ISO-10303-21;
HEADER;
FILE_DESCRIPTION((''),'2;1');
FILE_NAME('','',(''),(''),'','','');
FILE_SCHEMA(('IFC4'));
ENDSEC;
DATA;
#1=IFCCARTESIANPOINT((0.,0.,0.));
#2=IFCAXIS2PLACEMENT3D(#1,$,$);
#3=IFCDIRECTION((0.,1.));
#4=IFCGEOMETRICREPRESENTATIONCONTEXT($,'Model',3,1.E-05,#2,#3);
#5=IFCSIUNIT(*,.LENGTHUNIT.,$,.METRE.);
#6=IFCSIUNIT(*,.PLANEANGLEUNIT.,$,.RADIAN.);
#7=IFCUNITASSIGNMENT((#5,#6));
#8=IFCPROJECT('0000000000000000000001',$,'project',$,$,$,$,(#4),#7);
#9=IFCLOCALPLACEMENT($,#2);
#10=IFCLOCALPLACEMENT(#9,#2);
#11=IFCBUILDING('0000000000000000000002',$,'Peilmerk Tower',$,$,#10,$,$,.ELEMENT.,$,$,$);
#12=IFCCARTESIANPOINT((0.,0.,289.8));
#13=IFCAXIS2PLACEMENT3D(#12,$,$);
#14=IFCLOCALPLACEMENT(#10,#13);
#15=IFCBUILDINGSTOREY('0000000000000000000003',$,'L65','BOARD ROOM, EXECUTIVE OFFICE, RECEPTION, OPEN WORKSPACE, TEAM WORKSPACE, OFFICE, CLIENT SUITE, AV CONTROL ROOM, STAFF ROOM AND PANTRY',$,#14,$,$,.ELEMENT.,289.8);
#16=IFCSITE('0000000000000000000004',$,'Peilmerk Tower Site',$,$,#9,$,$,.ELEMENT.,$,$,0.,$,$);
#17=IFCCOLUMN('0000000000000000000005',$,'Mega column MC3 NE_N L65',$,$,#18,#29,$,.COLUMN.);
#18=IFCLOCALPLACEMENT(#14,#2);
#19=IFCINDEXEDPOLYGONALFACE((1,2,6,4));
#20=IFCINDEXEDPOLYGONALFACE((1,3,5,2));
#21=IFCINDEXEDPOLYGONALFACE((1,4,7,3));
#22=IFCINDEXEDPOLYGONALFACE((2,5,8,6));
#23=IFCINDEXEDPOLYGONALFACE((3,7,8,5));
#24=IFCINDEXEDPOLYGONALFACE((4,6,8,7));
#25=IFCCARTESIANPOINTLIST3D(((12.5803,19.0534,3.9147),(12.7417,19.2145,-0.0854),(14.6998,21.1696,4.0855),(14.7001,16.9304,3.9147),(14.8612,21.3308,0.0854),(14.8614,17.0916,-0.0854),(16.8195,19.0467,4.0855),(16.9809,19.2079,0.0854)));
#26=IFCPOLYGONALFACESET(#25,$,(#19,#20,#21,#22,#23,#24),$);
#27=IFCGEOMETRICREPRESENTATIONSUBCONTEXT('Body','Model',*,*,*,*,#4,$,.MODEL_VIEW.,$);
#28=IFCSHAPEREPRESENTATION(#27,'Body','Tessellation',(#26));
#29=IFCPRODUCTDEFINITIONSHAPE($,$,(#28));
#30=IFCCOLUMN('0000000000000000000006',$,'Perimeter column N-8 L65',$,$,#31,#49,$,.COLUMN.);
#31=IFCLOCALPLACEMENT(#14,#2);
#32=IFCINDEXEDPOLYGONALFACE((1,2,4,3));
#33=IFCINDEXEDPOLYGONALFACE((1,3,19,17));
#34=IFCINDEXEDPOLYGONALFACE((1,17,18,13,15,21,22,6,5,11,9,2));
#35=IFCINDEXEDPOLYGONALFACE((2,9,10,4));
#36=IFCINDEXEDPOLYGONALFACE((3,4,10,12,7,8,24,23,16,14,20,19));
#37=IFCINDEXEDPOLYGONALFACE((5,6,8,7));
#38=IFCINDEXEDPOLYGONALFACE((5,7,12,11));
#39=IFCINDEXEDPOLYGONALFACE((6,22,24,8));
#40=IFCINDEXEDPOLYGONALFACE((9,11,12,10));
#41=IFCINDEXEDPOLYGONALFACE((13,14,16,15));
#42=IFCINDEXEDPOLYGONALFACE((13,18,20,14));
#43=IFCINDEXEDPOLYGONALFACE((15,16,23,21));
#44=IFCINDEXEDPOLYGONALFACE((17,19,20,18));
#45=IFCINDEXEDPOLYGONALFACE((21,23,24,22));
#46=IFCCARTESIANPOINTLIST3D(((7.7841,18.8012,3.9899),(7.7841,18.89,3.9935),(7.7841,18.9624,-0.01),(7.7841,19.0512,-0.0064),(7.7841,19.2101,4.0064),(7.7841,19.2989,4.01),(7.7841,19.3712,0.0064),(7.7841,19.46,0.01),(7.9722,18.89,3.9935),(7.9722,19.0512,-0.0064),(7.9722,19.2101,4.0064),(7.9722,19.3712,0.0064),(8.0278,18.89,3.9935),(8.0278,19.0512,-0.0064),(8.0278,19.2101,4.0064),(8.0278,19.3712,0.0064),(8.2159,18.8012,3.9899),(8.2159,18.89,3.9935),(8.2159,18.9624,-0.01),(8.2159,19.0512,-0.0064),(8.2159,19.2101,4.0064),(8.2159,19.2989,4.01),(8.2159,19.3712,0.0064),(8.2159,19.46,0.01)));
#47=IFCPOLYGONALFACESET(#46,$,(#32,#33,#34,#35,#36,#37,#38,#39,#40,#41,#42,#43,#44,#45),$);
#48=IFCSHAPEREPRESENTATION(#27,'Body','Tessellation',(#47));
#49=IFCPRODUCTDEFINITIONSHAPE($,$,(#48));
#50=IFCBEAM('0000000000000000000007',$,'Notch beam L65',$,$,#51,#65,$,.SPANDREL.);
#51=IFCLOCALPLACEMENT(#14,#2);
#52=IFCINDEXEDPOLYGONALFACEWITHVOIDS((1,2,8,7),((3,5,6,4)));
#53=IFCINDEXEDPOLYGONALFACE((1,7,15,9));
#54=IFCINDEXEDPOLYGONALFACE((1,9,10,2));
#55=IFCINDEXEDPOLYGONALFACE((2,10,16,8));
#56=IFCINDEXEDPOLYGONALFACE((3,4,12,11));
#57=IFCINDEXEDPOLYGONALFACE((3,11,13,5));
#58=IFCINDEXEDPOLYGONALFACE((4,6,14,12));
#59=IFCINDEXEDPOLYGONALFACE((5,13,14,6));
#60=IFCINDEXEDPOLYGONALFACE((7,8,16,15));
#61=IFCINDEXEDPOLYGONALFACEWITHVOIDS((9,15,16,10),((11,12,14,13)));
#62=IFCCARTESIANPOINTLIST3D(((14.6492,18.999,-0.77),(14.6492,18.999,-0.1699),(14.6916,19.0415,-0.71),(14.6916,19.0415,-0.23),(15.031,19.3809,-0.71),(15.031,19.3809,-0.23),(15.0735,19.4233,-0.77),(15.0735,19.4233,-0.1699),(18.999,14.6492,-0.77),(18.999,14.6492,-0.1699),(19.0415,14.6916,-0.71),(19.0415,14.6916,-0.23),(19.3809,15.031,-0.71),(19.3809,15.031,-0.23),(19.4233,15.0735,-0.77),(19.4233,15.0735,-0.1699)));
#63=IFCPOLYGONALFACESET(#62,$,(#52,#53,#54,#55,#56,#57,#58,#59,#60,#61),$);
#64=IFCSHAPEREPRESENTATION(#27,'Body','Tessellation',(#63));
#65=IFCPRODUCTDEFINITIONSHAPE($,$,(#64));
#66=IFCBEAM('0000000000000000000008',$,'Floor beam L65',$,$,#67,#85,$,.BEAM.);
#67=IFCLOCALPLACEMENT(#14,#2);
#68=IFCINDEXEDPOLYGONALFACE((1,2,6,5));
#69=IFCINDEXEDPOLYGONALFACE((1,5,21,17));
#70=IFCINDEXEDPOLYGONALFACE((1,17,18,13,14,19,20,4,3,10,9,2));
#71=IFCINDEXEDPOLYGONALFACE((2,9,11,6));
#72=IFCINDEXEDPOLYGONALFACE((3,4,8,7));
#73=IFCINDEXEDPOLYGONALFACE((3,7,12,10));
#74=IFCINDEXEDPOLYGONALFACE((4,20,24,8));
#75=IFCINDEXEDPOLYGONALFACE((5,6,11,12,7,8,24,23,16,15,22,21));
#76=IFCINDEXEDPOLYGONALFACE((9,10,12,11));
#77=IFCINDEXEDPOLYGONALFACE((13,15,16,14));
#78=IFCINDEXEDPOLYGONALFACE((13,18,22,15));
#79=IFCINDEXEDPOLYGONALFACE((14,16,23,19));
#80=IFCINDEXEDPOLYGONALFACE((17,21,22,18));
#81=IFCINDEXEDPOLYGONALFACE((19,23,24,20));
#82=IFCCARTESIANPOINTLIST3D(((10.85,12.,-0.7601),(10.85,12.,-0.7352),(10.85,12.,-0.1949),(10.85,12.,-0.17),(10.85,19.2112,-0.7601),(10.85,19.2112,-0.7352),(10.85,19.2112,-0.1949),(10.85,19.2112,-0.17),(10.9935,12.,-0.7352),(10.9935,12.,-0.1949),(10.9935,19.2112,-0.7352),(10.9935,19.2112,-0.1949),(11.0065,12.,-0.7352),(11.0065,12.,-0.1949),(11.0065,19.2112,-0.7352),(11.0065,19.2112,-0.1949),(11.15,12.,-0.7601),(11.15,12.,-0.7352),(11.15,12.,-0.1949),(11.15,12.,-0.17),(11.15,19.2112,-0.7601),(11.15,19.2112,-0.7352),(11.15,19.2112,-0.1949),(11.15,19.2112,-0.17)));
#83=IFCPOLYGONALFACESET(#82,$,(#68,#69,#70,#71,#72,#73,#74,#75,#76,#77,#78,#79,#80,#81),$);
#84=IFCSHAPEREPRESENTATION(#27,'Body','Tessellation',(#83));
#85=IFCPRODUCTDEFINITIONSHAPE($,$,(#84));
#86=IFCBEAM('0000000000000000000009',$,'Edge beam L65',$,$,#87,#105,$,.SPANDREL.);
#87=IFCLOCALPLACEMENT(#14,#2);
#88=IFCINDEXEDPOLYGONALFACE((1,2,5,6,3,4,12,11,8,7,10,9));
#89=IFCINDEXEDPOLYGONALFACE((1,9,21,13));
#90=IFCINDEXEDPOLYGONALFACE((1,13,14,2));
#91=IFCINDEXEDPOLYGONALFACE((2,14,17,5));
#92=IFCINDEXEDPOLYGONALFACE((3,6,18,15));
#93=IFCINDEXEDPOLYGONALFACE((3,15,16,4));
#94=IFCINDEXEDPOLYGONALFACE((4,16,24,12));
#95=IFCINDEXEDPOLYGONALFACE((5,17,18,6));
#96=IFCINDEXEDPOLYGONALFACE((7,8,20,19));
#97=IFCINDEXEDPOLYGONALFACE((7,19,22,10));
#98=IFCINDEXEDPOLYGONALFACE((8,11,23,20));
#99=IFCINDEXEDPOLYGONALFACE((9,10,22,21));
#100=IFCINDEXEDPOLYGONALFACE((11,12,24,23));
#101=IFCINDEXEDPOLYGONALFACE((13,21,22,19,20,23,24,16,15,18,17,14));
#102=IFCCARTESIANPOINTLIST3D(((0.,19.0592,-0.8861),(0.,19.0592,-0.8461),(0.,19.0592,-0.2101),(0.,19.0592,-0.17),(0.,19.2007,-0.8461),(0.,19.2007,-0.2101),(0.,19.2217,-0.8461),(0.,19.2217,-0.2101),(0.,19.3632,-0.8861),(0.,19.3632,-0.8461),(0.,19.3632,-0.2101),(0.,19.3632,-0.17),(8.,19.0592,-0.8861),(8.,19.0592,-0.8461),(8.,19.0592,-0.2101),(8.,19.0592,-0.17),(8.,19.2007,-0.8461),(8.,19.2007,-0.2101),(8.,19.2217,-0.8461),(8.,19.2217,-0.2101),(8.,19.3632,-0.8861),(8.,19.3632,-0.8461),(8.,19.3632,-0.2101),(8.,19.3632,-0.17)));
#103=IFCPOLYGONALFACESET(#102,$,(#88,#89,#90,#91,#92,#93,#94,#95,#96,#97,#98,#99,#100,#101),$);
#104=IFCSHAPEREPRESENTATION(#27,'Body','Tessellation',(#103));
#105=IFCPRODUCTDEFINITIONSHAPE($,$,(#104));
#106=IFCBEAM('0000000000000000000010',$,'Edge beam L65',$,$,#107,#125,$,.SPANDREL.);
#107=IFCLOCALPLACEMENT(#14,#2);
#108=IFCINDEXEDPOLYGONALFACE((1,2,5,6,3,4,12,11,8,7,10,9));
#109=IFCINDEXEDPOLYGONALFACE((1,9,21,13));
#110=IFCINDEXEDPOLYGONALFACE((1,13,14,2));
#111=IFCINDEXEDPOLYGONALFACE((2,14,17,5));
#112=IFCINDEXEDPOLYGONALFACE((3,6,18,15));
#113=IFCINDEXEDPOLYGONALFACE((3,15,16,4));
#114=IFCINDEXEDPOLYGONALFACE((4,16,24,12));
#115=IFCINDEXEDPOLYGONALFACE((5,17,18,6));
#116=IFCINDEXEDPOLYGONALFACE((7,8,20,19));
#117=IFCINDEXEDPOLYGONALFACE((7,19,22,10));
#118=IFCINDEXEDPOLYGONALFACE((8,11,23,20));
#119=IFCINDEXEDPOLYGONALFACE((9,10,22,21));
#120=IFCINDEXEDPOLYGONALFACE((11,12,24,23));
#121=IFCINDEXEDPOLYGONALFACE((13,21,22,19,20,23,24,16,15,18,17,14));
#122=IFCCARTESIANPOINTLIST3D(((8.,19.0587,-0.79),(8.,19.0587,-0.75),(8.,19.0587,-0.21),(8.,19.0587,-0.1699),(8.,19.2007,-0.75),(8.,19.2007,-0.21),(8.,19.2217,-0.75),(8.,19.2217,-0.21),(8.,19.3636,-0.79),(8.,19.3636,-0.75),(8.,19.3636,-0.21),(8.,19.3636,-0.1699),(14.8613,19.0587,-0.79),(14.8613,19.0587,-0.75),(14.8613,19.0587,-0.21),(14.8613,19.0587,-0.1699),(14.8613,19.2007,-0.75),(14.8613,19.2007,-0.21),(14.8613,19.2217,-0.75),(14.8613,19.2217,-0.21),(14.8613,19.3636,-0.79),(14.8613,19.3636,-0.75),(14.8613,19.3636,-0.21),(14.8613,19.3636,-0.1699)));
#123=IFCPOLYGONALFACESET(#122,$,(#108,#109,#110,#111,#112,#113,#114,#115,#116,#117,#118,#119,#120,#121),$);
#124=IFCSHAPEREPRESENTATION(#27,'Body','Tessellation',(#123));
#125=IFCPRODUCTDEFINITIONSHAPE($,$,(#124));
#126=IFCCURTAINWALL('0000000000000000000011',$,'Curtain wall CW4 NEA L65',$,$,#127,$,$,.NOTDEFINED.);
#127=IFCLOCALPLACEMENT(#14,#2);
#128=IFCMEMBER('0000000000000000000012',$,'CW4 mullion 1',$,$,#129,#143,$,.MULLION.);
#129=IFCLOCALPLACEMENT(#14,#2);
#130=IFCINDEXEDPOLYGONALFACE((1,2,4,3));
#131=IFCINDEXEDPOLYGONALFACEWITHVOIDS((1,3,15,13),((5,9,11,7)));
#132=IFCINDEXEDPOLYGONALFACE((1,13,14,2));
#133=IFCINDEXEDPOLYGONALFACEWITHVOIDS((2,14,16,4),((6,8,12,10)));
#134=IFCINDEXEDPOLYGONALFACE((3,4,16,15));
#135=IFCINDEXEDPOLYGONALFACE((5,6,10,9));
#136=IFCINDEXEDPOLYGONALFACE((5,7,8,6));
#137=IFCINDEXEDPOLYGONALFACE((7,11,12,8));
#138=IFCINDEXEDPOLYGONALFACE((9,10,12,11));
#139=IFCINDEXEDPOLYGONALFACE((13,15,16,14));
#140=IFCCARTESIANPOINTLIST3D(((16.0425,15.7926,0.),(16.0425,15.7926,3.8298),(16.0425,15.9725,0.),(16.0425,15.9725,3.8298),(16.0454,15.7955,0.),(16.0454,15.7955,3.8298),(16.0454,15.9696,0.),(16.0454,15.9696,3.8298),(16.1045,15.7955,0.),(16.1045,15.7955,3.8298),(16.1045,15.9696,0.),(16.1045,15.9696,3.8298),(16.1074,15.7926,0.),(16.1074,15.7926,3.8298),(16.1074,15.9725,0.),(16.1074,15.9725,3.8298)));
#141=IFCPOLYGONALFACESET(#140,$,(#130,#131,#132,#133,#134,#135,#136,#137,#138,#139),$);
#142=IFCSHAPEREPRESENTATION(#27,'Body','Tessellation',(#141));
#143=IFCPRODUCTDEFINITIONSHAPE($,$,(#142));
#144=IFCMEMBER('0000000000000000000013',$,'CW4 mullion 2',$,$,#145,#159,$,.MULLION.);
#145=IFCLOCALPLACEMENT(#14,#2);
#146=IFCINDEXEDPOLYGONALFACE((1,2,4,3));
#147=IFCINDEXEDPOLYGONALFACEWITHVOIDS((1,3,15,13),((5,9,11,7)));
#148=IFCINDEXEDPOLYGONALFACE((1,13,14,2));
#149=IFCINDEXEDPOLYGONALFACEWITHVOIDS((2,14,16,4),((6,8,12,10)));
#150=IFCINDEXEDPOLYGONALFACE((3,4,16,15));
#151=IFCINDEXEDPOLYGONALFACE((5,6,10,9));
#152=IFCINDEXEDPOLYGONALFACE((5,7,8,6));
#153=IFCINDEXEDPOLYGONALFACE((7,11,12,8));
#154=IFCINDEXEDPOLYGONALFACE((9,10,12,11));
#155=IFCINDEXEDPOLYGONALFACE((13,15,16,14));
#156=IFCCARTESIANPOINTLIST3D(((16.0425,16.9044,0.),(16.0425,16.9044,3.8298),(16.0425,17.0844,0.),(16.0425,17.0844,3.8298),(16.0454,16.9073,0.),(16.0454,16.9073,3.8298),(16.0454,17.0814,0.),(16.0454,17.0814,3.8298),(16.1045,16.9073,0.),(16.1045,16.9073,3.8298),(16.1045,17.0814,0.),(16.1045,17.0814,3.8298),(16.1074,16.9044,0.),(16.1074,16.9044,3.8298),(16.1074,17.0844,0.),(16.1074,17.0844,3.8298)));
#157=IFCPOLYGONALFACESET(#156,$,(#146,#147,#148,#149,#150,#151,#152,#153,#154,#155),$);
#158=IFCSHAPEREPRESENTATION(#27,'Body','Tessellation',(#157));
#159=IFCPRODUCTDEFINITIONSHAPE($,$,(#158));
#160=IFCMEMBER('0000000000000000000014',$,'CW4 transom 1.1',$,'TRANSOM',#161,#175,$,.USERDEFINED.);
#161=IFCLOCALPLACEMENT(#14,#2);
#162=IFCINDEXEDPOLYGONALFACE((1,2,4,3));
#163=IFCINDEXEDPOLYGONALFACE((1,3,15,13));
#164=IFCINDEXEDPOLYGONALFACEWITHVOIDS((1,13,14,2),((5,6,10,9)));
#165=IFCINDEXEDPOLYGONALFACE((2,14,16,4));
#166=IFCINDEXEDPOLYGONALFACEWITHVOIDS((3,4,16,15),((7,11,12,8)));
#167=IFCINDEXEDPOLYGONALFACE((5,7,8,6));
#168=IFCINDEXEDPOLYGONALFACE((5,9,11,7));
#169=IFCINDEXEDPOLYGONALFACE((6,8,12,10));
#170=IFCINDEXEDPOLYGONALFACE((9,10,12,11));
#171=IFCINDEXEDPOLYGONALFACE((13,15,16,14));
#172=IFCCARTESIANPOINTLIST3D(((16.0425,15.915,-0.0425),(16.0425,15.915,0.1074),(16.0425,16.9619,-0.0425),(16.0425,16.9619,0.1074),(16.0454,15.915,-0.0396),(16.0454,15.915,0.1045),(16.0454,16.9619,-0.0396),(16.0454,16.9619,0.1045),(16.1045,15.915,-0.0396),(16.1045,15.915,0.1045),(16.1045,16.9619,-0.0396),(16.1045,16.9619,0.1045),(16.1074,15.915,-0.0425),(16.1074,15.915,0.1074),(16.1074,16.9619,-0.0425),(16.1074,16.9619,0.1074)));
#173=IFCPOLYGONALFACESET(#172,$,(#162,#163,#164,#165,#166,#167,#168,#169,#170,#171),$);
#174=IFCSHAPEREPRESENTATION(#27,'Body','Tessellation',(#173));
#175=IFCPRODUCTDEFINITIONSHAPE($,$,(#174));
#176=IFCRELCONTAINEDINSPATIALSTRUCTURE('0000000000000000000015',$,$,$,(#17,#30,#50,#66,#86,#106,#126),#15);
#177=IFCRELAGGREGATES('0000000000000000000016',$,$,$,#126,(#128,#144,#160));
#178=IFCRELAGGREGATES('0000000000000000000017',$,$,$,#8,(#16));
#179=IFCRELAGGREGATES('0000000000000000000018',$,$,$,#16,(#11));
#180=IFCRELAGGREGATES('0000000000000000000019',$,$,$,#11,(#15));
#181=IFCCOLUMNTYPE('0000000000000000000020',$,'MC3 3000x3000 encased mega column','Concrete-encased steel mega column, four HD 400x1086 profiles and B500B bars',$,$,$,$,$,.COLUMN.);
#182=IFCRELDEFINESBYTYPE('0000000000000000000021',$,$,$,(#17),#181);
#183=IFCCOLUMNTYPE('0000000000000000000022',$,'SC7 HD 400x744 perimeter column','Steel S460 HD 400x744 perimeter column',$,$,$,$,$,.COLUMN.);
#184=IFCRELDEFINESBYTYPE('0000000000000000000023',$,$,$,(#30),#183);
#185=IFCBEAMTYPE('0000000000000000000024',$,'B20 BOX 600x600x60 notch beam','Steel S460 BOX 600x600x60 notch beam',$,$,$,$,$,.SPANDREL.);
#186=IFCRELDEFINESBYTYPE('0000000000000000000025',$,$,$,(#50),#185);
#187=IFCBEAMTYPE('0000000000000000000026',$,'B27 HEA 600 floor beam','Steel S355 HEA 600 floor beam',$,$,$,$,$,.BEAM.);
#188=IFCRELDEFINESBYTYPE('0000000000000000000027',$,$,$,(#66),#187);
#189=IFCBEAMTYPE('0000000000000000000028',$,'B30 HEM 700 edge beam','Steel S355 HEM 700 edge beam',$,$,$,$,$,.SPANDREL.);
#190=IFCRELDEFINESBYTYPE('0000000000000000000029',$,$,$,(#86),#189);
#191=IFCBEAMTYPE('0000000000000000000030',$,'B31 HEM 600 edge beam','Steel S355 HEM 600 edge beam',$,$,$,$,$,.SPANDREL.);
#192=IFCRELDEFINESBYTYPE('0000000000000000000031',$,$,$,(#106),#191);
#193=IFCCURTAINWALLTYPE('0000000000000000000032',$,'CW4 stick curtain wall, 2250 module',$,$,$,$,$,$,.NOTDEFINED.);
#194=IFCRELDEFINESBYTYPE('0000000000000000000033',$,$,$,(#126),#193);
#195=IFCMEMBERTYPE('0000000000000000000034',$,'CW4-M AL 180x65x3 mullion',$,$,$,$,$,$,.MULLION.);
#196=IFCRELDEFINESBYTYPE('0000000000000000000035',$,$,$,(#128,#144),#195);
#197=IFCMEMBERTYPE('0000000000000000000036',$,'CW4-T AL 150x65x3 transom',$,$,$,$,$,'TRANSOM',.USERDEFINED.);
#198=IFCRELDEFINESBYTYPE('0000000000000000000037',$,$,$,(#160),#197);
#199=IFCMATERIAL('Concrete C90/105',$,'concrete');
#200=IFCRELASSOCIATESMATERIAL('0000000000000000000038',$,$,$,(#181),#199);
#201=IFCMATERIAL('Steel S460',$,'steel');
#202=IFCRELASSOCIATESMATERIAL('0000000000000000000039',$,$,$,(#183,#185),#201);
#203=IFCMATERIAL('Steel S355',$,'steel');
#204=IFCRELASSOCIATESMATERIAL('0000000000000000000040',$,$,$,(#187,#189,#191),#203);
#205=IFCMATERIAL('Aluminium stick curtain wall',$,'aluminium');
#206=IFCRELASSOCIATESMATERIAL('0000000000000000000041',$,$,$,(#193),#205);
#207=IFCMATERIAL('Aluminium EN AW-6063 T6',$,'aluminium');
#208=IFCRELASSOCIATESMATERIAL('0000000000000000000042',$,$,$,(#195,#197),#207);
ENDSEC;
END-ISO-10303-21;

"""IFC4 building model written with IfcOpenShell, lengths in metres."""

from ifc_helpers import new_model, si_unit, direction, frame, origin, origin_2d, place, context, subcontext, project, spatial, rectangle, hollow_rectangle, i_section, extrude, material, material_profile, profile_set, type_object, element, aggregate, save


model = new_model("IFC4")

# Units and contexts
model_context = context("Model", 3, precision=1e-05, world=origin(), true_north=direction((0.0, 1.0)))
body_context = subcontext(model_context, "Body", "Model", "MODEL_VIEW")
ifc_project = project(units=[si_unit("LENGTHUNIT", "METRE"), si_unit("PLANEANGLEUNIT", "RADIAN")], contexts=[model_context])

# Site, building, storey
site_placement = place(None, origin())
site = spatial("IfcSite", under=ifc_project, at=site_placement, Name="Peilmerk Tower Site", CompositionType="ELEMENT", RefElevation=0.0)
building_placement = place(site_placement, origin())
building = spatial("IfcBuilding", under=site, at=building_placement, Name="Peilmerk Tower", CompositionType="ELEMENT")
storey_placement = place(building_placement, frame((0.0, 0.0, 289.8)))
storey = spatial("IfcBuildingStorey", under=building, at=storey_placement, Name="L65", Description="BOARD ROOM, EXECUTIVE OFFICE, RECEPTION, OPEN WORKSPACE, TEAM WORKSPACE, OFFICE, CLIENT SUITE, AV CONTROL ROOM, STAFF ROOM AND PANTRY", CompositionType="ELEMENT", Elevation=289.8)

# Columns
ifc_material_1 = material(Name="Concrete C90/105", Category="concrete")
ifc_material_profile_1 = material_profile(ifc_material_1, rectangle(XDim=3.0, YDim=3.0, at=origin_2d()), Name="RC 3000x3000")
ifc_profile_set_1 = profile_set([ifc_material_profile_1], Name="Concrete C90/105")
column_type_1 = type_object("IfcColumnType", Name="MC3 3000x3000 encased mega column", Description="Concrete-encased steel mega column, four HD 400x1086 profiles and B500B bars", PredefinedType="COLUMN", material=ifc_profile_set_1)
column_1_placement = place(storey_placement, frame((14.8613, 19.2112, 0.0), z_axis=(-0.040279, -0.040218, 0.998379), x_axis=(0.706571, -0.707642, 0.0)))
element("IfcColumn", 1, at=column_1_placement, inside=storey, type_object=column_type_1, Name="Mega column MC3 NE_N L65", PredefinedType="COLUMN", context=body_context, shape_type="SweptSolid", body=[
    extrude(rectangle(XDim=3.0, YDim=3.0, at=origin_2d()), origin(), (0.0, 0.0, 1.0), 4.0066),
])
ifc_material_2 = material(Name="Steel S460", Category="steel")
ifc_material_profile_2 = material_profile(ifc_material_2, i_section(OverallWidth=0.4319, OverallDepth=0.498, WebThickness=0.0557, FlangeThickness=0.0889, at=origin_2d()), Name="HD 400x744")
ifc_profile_set_2 = profile_set([ifc_material_profile_2], Name="Steel S460")
column_type_2 = type_object("IfcColumnType", Name="SC7 HD 400x744 perimeter column", Description="Steel S460 HD 400x744 perimeter column", PredefinedType="COLUMN", material=ifc_profile_set_2)
column_2_placement = place(storey_placement, frame((8.0, 19.2112, 0.0), z_axis=(0.0, -0.040251, 0.99919), x_axis=(1.0, 0.0, 0.0)))
element("IfcColumn", 2, at=column_2_placement, inside=storey, type_object=column_type_2, Name="Perimeter column N-8 L65", PredefinedType="COLUMN", context=body_context, shape_type="SweptSolid", body=[
    extrude(i_section(OverallWidth=0.4319, OverallDepth=0.498, WebThickness=0.0557, FlangeThickness=0.0889, at=origin_2d()), origin(), (0.0, 0.0, 1.0), 4.0032),
])

# Beams
ifc_material_profile_3 = material_profile(ifc_material_2, hollow_rectangle(XDim=0.6001, YDim=0.6001, WallThickness=0.0601, at=origin_2d()), Name="BOX 600x600x60")
ifc_profile_set_3 = profile_set([ifc_material_profile_3], Name="Steel S460")
beam_type_1 = type_object("IfcBeamType", Name="B20 BOX 600x600x60 notch beam", Description="Steel S460 BOX 600x600x60 notch beam", PredefinedType="SPANDREL", material=ifc_profile_set_3)
beam_1_placement = place(storey_placement, frame((14.8613, 19.2112, -0.47), z_axis=(0.707107, -0.707107, 0.0), x_axis=(0.707107, 0.707107, 0.0)))
element("IfcBeam", 3, at=beam_1_placement, inside=storey, type_object=beam_type_1, Name="Notch beam L65", PredefinedType="SPANDREL", context=body_context, shape_type="SweptSolid", body=[
    extrude(hollow_rectangle(XDim=0.6001, YDim=0.6001, WallThickness=0.0601, at=origin_2d()), origin(), (0.0, 0.0, 1.0), 6.1516),
])
ifc_material_3 = material(Name="Steel S355", Category="steel")
ifc_material_profile_4 = material_profile(ifc_material_3, i_section(OverallWidth=0.3, OverallDepth=0.5901, WebThickness=0.0129, FlangeThickness=0.0249, at=origin_2d()), Name="HEA 600")
ifc_profile_set_4 = profile_set([ifc_material_profile_4], Name="Steel S355")
beam_type_2 = type_object("IfcBeamType", Name="B27 HEA 600 floor beam", Description="Steel S355 HEA 600 floor beam", PredefinedType="BEAM", material=ifc_profile_set_4)
beam_2_placement = place(storey_placement, frame((11.0, 12.0, -0.4651), z_axis=(0.0, 1.0, 0.0), x_axis=(-1.0, 0.0, 0.0)))
element("IfcBeam", 4, at=beam_2_placement, inside=storey, type_object=beam_type_2, Name="Floor beam L65", PredefinedType="BEAM", context=body_context, shape_type="SweptSolid", body=[
    extrude(i_section(OverallWidth=0.3, OverallDepth=0.5901, WebThickness=0.0129, FlangeThickness=0.0249, at=origin_2d()), origin(), (0.0, 0.0, 1.0), 7.2112),
])
ifc_material_profile_5 = material_profile(ifc_material_3, i_section(OverallWidth=0.304, OverallDepth=0.7161, WebThickness=0.021, FlangeThickness=0.04, at=origin_2d()), Name="HEM 700")
ifc_profile_set_5 = profile_set([ifc_material_profile_5], Name="Steel S355")
beam_type_3 = type_object("IfcBeamType", Name="B30 HEM 700 edge beam", Description="Steel S355 HEM 700 edge beam", PredefinedType="SPANDREL", material=ifc_profile_set_5)
beam_3_placement = place(storey_placement, frame((8.0, 19.2112, -0.5281), z_axis=(-1.0, 0.0, 0.0), x_axis=(0.0, -1.0, 0.0)))
element("IfcBeam", 5, at=beam_3_placement, inside=storey, type_object=beam_type_3, Name="Edge beam L65", PredefinedType="SPANDREL", context=body_context, shape_type="SweptSolid", body=[
    extrude(i_section(OverallWidth=0.304, OverallDepth=0.7161, WebThickness=0.021, FlangeThickness=0.04, at=origin_2d()), origin(), (0.0, 0.0, 1.0), 8.0),
])
ifc_material_profile_6 = material_profile(ifc_material_3, i_section(OverallWidth=0.3049, OverallDepth=0.6201, WebThickness=0.021, FlangeThickness=0.04, at=origin_2d()), Name="HEM 600")
ifc_profile_set_6 = profile_set([ifc_material_profile_6], Name="Steel S355")
beam_type_4 = type_object("IfcBeamType", Name="B31 HEM 600 edge beam", Description="Steel S355 HEM 600 edge beam", PredefinedType="SPANDREL", material=ifc_profile_set_6)
beam_4_placement = place(storey_placement, frame((14.8613, 19.2112, -0.48), z_axis=(-1.0, 0.0, 0.0), x_axis=(0.0, -1.0, 0.0)))
element("IfcBeam", 6, at=beam_4_placement, inside=storey, type_object=beam_type_4, Name="Edge beam L65", PredefinedType="SPANDREL", context=body_context, shape_type="SweptSolid", body=[
    extrude(i_section(OverallWidth=0.3049, OverallDepth=0.6201, WebThickness=0.021, FlangeThickness=0.04, at=origin_2d()), origin(), (0.0, 0.0, 1.0), 6.8613),
])

# Curtain wall, members
ifc_material_4 = material(Name="Aluminium stick curtain wall", Category="aluminium")
curtain_wall_type = type_object("IfcCurtainWallType", Name="CW4 stick curtain wall, 2250 module", PredefinedType="NOTDEFINED", material=ifc_material_4)
curtain_wall_placement = place(storey_placement, origin())
curtain_wall = element("IfcCurtainWall", 7, at=curtain_wall_placement, inside=storey, type_object=curtain_wall_type, Name="Curtain wall CW4 NEA L65", PredefinedType="NOTDEFINED")
ifc_material_5 = material(Name="Aluminium EN AW-6063 T6", Category="aluminium")
ifc_material_profile_7 = material_profile(ifc_material_5, hollow_rectangle(XDim=0.0649, YDim=0.1799, WallThickness=0.0029, at=origin_2d()), Name="AL 180x65x3")
ifc_profile_set_7 = profile_set([ifc_material_profile_7], Name="Aluminium EN AW-6063 T6")
member_type_1 = type_object("IfcMemberType", Name="CW4-M AL 180x65x3 mullion", PredefinedType="MULLION", material=ifc_profile_set_7)
member_1_placement = place(storey_placement, frame((16.075, 15.8826, 0.0), z_axis=(0.0, 0.0, 1.0), x_axis=(-1.0, 0.0, 0.0)))
member_1 = element("IfcMember", 8, at=member_1_placement, type_object=member_type_1, Name="CW4 mullion 1", PredefinedType="MULLION", context=body_context, shape_type="SweptSolid", body=[
    extrude(hollow_rectangle(XDim=0.0649, YDim=0.1799, WallThickness=0.0029, at=origin_2d()), origin(), (0.0, 0.0, 1.0), 3.8298),
])
member_2_placement = place(storey_placement, frame((16.075, 16.9944, 0.0), z_axis=(0.0, 0.0, 1.0), x_axis=(-1.0, 0.0, 0.0)))
member_2 = element("IfcMember", 9, at=member_2_placement, type_object=member_type_1, Name="CW4 mullion 2", PredefinedType="MULLION", context=body_context, shape_type="SweptSolid", body=[
    extrude(hollow_rectangle(XDim=0.0649, YDim=0.1799, WallThickness=0.0029, at=origin_2d()), origin(), (0.0, 0.0, 1.0), 3.8298),
])
ifc_material_profile_8 = material_profile(ifc_material_5, hollow_rectangle(XDim=0.0649, YDim=0.1499, WallThickness=0.0029, at=origin_2d()), Name="AL 150x65x3")
ifc_profile_set_8 = profile_set([ifc_material_profile_8], Name="Aluminium EN AW-6063 T6")
member_type_2 = type_object("IfcMemberType", Name="CW4-T AL 150x65x3 transom", ElementType="TRANSOM", PredefinedType="USERDEFINED", material=ifc_profile_set_8)
member_3_placement = place(storey_placement, frame((16.075, 15.915, 0.0325), z_axis=(0.0, 1.0, 0.0), x_axis=(-1.0, 0.0, 0.0)))
member_3 = element("IfcMember", 10, at=member_3_placement, type_object=member_type_2, Name="CW4 transom 1.1", ObjectType="TRANSOM", PredefinedType="USERDEFINED", context=body_context, shape_type="SweptSolid", body=[
    extrude(hollow_rectangle(XDim=0.0649, YDim=0.1499, WallThickness=0.0029, at=origin_2d()), origin(), (0.0, 0.0, 1.0), 1.0469),
])
aggregate(curtain_wall, [member_1, member_2, member_3])

save(model, "model.ifc")
